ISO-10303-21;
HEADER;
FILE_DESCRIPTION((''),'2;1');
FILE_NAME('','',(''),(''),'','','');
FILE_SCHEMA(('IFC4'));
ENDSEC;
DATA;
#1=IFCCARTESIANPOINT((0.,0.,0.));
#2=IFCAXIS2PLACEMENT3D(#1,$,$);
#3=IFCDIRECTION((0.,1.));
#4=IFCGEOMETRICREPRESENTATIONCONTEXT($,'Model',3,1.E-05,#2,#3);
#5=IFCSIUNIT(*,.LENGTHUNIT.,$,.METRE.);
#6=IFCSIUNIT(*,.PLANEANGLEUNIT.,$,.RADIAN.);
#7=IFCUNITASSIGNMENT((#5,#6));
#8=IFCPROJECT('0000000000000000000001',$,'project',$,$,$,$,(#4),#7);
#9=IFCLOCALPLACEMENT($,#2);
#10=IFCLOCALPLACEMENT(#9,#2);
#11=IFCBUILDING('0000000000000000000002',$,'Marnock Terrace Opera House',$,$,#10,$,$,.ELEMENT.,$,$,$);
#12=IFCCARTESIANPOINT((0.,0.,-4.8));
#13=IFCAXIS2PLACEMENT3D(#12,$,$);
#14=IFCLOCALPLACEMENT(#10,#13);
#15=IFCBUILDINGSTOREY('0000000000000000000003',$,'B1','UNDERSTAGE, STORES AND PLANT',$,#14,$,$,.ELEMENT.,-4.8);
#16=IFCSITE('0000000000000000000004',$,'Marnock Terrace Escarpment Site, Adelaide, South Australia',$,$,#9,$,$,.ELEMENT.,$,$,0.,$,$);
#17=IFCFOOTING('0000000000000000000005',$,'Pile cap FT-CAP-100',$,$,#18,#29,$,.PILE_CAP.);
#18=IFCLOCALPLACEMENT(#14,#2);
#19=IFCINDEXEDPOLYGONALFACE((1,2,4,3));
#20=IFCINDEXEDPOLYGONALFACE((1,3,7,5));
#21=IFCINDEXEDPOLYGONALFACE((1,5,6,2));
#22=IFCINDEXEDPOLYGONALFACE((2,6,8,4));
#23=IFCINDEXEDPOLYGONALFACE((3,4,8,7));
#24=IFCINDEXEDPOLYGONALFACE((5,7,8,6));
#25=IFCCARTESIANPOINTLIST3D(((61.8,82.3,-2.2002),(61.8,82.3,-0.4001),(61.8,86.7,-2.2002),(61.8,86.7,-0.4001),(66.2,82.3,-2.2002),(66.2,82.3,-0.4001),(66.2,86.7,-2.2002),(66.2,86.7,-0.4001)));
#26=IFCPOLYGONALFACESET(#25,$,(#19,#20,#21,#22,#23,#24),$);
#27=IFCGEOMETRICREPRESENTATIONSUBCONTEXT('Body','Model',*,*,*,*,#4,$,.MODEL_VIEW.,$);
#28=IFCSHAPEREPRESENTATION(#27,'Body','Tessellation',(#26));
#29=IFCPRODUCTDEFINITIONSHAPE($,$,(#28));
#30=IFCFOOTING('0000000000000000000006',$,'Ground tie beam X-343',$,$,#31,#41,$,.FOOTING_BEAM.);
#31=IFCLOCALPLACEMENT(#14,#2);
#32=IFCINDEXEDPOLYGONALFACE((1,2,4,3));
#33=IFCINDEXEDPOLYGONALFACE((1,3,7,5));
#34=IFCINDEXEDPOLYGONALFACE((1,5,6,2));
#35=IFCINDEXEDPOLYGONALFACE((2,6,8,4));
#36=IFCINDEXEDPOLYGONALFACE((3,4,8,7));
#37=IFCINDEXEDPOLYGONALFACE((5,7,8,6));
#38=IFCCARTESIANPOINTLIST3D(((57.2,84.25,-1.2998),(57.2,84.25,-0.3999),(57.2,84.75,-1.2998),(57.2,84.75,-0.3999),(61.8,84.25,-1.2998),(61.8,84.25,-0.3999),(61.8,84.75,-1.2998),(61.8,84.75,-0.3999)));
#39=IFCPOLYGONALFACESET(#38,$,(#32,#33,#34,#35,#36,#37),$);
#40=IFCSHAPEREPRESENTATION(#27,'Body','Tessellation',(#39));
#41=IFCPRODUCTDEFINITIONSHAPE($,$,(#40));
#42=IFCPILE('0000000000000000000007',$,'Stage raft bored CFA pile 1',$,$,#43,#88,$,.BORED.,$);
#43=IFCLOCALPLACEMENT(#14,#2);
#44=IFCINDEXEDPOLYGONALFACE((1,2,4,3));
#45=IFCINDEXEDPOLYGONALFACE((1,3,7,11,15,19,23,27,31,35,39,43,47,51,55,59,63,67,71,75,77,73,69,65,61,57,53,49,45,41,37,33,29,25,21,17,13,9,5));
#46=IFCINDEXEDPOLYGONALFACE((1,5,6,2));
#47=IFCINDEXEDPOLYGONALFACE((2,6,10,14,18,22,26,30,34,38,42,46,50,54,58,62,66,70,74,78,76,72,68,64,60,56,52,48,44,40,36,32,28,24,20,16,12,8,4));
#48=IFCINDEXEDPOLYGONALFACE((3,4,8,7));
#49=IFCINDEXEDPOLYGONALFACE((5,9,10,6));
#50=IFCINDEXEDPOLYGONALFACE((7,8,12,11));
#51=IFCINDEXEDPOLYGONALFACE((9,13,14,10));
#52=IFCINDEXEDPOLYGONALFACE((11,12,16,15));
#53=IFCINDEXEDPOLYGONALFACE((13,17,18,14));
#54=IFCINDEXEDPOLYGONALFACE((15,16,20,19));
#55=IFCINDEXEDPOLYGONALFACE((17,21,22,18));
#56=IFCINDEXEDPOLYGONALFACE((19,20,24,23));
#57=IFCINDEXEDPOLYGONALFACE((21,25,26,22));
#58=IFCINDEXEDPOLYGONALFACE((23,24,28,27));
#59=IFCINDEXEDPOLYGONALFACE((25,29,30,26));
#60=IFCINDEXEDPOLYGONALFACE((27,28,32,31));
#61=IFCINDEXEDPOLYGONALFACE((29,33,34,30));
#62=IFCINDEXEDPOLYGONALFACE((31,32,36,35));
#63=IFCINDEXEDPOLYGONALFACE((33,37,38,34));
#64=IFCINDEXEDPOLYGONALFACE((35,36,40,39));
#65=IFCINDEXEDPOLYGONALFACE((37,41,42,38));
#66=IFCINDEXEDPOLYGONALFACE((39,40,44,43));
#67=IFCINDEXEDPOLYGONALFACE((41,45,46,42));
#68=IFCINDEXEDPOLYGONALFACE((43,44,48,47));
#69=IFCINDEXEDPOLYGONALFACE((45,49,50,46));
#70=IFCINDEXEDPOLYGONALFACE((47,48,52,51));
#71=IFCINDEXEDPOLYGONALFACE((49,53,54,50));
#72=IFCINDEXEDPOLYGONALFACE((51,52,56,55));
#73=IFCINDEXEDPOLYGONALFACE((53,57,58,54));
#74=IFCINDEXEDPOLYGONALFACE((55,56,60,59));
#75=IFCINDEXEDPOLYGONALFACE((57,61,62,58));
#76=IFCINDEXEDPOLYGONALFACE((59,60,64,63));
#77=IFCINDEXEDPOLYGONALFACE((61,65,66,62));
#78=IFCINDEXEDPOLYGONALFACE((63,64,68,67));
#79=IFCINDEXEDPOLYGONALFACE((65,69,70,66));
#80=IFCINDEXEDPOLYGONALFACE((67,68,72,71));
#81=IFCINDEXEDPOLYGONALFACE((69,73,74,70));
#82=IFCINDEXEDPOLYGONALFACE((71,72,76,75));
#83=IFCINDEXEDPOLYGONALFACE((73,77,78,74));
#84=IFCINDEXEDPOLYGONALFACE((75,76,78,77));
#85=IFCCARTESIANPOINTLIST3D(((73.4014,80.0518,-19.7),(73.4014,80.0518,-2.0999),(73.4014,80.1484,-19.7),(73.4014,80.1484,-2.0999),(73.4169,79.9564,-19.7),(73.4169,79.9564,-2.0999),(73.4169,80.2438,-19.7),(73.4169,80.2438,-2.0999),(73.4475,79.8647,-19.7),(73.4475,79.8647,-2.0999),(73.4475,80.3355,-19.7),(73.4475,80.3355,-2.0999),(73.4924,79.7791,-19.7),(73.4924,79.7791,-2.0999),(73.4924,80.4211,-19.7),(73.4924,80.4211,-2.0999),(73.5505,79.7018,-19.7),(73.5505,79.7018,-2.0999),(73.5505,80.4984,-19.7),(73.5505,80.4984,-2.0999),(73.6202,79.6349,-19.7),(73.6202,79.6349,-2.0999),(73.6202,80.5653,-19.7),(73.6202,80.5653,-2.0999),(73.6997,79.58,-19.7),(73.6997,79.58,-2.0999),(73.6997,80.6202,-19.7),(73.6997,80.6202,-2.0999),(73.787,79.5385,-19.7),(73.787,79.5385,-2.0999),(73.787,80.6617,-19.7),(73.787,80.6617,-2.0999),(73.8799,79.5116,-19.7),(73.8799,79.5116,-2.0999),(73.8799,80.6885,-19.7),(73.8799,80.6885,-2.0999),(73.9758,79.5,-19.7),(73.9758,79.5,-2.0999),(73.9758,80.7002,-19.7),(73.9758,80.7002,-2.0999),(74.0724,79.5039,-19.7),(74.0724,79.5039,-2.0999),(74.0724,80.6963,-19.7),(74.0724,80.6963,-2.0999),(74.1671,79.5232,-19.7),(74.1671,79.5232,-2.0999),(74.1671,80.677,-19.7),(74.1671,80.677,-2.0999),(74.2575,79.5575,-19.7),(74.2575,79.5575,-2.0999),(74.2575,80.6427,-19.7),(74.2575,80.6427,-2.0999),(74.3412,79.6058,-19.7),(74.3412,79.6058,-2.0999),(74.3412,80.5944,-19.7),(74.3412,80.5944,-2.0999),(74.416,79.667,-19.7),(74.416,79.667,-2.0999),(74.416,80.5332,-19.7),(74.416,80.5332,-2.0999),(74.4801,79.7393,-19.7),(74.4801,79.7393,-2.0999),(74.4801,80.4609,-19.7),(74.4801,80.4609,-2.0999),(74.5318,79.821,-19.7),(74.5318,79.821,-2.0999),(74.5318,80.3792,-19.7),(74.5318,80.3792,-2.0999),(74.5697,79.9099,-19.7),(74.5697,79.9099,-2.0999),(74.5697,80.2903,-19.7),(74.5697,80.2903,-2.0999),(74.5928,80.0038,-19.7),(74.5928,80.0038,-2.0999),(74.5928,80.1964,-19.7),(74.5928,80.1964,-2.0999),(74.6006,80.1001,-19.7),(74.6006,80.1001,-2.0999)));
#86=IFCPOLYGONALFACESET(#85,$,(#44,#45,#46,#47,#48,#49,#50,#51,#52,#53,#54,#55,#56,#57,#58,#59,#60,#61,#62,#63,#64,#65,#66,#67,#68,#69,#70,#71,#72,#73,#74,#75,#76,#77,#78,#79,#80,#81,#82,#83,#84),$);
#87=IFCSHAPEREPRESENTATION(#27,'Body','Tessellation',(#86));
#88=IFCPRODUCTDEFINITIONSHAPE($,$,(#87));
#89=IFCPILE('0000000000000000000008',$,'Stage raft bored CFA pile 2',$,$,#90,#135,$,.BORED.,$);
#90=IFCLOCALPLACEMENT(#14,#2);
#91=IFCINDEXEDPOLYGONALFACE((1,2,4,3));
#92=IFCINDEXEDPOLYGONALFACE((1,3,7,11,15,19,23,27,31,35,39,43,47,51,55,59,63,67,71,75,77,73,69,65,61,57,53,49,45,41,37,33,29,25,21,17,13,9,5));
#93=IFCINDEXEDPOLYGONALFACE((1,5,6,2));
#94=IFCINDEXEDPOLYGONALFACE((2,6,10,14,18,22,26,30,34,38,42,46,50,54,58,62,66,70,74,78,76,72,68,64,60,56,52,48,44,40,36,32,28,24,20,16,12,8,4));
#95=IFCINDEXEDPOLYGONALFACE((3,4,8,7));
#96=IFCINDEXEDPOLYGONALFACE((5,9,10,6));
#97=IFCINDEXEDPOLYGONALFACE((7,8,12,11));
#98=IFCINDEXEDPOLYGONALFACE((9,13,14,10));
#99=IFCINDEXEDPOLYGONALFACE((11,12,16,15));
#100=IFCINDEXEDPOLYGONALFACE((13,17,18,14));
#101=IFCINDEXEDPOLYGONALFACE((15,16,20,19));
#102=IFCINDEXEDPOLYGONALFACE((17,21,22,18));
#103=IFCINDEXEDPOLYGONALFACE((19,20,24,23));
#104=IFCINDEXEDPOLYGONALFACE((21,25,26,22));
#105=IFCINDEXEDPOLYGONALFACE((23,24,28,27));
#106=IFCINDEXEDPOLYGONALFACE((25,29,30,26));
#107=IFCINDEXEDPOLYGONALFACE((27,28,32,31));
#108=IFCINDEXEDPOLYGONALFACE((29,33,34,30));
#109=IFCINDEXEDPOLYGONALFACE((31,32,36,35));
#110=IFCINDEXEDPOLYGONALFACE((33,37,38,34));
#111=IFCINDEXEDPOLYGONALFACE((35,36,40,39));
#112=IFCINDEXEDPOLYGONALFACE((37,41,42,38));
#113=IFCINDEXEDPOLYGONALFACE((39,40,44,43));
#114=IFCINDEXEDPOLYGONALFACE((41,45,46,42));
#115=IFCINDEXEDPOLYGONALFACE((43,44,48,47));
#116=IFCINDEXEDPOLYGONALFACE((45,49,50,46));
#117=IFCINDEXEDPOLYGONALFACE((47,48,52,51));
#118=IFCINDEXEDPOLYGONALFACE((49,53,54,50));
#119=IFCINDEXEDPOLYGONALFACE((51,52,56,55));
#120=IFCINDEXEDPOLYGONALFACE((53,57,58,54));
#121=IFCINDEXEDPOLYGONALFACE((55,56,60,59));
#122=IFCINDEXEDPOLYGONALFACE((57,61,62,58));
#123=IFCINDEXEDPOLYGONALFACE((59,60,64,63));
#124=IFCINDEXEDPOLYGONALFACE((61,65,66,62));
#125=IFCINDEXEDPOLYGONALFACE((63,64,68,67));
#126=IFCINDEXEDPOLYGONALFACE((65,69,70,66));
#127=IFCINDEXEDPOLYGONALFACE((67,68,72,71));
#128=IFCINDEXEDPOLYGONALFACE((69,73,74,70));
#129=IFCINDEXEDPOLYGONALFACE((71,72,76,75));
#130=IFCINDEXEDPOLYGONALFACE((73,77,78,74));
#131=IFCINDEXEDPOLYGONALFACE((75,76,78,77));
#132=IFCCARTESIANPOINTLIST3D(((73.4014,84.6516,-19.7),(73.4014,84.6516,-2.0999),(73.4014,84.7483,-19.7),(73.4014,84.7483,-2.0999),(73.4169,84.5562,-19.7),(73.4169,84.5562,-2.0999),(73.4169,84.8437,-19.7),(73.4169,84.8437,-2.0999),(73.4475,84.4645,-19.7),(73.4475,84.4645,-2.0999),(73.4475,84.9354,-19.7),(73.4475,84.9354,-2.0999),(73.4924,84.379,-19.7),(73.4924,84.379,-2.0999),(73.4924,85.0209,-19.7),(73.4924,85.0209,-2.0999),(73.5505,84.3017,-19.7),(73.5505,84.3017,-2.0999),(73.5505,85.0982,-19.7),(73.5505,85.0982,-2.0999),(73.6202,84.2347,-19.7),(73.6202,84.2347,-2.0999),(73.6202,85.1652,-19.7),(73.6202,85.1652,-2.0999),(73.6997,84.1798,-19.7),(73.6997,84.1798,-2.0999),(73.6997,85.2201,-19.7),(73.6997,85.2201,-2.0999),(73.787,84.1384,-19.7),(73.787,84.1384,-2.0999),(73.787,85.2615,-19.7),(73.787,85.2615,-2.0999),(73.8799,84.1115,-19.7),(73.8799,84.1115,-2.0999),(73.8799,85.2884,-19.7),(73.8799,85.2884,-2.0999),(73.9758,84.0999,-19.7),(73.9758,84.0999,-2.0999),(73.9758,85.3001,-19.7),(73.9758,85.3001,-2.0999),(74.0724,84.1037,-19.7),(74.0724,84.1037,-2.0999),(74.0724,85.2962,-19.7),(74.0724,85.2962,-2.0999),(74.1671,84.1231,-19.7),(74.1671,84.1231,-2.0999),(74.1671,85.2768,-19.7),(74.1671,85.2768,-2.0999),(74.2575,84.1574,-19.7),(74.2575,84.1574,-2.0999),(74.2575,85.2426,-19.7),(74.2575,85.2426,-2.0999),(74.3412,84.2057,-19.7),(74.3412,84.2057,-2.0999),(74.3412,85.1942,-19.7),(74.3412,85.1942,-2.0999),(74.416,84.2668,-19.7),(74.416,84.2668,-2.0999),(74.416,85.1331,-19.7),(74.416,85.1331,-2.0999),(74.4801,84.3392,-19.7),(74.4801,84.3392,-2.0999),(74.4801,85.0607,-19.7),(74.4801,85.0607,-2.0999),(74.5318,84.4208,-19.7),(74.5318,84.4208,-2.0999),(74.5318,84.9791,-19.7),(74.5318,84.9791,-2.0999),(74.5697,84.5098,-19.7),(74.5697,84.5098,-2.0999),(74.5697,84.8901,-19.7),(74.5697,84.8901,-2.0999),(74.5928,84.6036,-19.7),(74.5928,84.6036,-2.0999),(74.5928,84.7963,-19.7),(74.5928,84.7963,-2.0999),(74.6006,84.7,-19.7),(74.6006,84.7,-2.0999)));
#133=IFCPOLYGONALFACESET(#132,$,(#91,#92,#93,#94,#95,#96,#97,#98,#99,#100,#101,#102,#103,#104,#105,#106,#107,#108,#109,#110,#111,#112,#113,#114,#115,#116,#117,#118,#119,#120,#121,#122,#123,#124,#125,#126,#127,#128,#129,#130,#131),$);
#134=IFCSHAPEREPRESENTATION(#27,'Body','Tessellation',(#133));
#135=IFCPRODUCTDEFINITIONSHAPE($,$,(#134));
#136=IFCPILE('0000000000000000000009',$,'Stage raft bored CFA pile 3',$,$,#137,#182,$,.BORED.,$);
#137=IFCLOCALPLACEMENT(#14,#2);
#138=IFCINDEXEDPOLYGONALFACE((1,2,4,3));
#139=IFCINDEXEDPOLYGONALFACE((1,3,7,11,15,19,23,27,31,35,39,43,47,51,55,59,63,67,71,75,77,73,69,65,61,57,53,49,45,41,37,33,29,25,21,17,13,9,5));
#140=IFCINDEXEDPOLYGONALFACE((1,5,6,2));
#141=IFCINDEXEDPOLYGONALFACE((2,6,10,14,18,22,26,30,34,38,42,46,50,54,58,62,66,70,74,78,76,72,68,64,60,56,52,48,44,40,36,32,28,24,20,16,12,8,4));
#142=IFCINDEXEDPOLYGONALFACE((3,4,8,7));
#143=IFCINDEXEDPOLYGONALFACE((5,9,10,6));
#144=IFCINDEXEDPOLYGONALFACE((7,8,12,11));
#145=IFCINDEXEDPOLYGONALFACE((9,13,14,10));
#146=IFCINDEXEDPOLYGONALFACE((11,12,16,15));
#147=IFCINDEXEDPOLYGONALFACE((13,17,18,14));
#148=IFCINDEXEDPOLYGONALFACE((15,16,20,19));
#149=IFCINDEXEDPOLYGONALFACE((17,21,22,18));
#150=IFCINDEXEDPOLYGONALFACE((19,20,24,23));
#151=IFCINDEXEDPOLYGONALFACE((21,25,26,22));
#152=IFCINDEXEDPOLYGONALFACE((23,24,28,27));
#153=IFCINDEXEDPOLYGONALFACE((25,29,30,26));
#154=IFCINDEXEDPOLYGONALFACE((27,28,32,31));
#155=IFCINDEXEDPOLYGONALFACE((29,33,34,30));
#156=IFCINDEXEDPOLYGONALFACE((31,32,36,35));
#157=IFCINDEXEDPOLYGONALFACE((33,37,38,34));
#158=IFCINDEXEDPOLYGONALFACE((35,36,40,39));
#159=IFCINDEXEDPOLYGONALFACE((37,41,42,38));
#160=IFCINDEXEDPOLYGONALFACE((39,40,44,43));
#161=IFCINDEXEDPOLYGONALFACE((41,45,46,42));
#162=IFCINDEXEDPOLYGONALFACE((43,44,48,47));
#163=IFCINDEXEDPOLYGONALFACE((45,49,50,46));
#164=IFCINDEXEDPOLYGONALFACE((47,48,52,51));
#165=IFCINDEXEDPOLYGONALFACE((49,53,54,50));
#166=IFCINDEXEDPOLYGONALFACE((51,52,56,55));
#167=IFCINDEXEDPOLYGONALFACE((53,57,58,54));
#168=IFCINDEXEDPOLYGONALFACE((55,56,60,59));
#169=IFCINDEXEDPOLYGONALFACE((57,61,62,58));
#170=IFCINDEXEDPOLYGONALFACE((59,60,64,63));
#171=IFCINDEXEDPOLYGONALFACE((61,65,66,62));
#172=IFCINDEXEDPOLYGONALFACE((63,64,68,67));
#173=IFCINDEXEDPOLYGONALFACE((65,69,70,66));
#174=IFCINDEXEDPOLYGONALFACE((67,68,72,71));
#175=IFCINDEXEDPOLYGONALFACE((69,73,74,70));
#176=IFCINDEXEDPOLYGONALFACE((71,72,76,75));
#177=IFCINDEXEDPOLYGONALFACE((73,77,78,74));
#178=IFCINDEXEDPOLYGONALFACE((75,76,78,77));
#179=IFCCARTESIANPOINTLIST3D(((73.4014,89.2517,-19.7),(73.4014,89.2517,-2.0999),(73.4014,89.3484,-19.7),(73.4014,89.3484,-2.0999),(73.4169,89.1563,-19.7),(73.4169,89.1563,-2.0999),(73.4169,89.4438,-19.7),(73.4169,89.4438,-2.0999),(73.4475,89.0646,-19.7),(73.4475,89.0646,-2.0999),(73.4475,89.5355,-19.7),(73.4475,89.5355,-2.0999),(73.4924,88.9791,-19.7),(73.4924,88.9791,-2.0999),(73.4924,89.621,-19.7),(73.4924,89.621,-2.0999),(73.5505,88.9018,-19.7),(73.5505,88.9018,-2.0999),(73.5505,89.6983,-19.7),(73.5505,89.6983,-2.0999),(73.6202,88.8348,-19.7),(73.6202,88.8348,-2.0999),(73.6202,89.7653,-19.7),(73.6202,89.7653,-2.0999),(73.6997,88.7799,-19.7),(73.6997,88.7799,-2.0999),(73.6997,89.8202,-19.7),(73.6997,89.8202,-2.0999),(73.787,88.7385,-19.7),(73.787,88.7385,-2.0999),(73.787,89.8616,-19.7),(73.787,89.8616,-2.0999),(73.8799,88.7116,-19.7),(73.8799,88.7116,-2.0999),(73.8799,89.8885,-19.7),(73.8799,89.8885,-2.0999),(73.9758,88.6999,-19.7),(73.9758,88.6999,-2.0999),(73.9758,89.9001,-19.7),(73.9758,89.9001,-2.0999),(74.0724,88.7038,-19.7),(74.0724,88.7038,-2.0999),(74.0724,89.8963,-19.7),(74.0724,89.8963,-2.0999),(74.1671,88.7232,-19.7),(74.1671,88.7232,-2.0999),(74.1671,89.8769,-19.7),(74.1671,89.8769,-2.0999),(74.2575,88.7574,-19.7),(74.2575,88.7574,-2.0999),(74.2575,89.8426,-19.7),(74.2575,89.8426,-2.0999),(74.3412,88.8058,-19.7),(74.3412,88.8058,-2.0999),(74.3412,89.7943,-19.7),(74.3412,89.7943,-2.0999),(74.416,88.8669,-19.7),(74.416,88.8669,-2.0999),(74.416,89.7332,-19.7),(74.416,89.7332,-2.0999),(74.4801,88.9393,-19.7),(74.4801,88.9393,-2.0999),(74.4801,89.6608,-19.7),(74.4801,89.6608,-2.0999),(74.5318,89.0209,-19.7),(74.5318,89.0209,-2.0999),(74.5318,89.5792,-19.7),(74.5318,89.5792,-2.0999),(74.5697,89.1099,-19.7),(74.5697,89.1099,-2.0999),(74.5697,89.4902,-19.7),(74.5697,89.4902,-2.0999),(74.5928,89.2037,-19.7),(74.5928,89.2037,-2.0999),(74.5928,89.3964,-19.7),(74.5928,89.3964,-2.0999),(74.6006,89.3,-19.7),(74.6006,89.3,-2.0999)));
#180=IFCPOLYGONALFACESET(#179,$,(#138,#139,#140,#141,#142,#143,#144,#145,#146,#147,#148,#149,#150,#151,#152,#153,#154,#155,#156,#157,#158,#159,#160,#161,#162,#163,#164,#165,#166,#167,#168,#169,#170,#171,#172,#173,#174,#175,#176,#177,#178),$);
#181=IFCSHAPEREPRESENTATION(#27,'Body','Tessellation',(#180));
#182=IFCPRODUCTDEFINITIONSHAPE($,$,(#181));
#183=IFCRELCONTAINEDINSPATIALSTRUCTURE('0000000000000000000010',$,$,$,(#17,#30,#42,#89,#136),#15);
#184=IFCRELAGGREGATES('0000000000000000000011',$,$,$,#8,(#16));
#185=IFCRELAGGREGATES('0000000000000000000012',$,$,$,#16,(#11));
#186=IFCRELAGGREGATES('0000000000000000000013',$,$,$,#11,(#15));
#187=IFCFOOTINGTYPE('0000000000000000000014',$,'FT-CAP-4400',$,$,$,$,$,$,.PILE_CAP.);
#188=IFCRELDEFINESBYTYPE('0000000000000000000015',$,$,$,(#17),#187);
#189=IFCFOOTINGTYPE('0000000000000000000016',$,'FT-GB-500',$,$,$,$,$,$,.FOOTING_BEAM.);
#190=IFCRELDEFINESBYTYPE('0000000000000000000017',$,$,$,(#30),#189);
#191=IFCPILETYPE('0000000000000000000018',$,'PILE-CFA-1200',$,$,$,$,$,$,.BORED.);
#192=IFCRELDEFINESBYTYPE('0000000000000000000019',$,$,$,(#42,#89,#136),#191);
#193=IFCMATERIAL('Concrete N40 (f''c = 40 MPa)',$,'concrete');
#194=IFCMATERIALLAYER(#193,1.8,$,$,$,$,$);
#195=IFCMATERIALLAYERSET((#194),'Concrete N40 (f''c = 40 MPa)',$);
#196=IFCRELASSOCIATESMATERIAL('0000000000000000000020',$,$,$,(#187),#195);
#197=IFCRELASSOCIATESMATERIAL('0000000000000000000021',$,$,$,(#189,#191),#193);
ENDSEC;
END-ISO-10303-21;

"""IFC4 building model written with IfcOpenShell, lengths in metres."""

from ifc_helpers import new_model, si_unit, direction, frame, origin, origin_2d, place, context, subcontext, project, spatial, rectangle, circle, extrude, material, layer, layer_set, material_profile, profile_set, type_object, element, save


model = new_model("IFC4")

# Units and contexts
model_context = context("Model", 3, precision=1e-05, world=origin(), true_north=direction((0.0, 1.0)))
body_context = subcontext(model_context, "Body", "Model", "MODEL_VIEW")
ifc_project = project(units=[si_unit("LENGTHUNIT", "METRE"), si_unit("PLANEANGLEUNIT", "RADIAN")], contexts=[model_context])

# Site, building, storey
site_placement = place(None, origin())
site = spatial("IfcSite", under=ifc_project, at=site_placement, Name="Marnock Terrace Escarpment Site, Adelaide, South Australia", CompositionType="ELEMENT", RefElevation=0.0)
building_placement = place(site_placement, origin())
building = spatial("IfcBuilding", under=site, at=building_placement, Name="Marnock Terrace Opera House", CompositionType="ELEMENT")
storey_placement = place(building_placement, frame((0.0, 0.0, -4.8)))
storey = spatial("IfcBuildingStorey", under=building, at=storey_placement, Name="B1", Description="UNDERSTAGE, STORES AND PLANT", CompositionType="ELEMENT", Elevation=-4.8)

# Footings
ifc_material_1 = material(Name="Concrete N40 (f'c = 40 MPa)", Category="concrete")
ifc_layer_1 = layer(ifc_material_1, 1.8)
ifc_layer_set_1 = layer_set([ifc_layer_1], Name="Concrete N40 (f'c = 40 MPa)")
footing_type_1 = type_object("IfcFootingType", Name="FT-CAP-4400", PredefinedType="PILE_CAP", material=ifc_layer_set_1)
footing_1_placement = place(storey_placement, frame((64.0, 84.5, -2.2002), z_axis=(0.0, 0.0, 1.0), x_axis=(1.0, 0.0, 0.0)))
element("IfcFooting", 1, at=footing_1_placement, inside=storey, type_object=footing_type_1, Name="Pile cap FT-CAP-100", PredefinedType="PILE_CAP", context=body_context, shape_type="SweptSolid", body=[
    extrude(rectangle(XDim=4.3999, YDim=4.3999, at=origin_2d()), origin(), (0.0, 0.0, 1.0), 1.8),
])
ifc_material_profile_1 = material_profile(ifc_material_1, rectangle(XDim=0.5, YDim=0.8999, at=origin_2d()))
ifc_profile_set_1 = profile_set([ifc_material_profile_1], Name="Concrete N40 (f'c = 40 MPa)")
footing_type_2 = type_object("IfcFootingType", Name="FT-GB-500", PredefinedType="FOOTING_BEAM", material=ifc_profile_set_1)
footing_2_placement = place(storey_placement, frame((57.2, 84.5, -0.8499), z_axis=(1.0, 0.0, 0.0), x_axis=(0.0, 1.0, 0.0)))
element("IfcFooting", 2, at=footing_2_placement, inside=storey, type_object=footing_type_2, Name="Ground tie beam X-343", PredefinedType="FOOTING_BEAM", context=body_context, shape_type="SweptSolid", body=[
    extrude(rectangle(XDim=0.5, YDim=0.8999, at=origin_2d()), origin(), (0.0, 0.0, 1.0), 4.6001),
])

# Piles
ifc_material_profile_2 = material_profile(ifc_material_1, circle(Radius=0.6006, at=origin_2d()))
ifc_profile_set_2 = profile_set([ifc_material_profile_2], Name="Concrete N40 (f'c = 40 MPa)")
pile_type = type_object("IfcPileType", Name="PILE-CFA-1200", PredefinedType="BORED", material=ifc_profile_set_2)
for number, where, z_axis, x_axis, name in (
    (3, (74.0, 80.1001, -2.0999), (0.0, 0.0, -1.0), (1.0, 0.0, 0.0), "Stage raft bored CFA pile 1"),
    (4, (74.0, 84.7, -2.0999), (0.0, 0.0, -1.0), (1.0, 0.0, 0.0), "Stage raft bored CFA pile 2"),
    (5, (74.0, 89.3, -2.0999), (0.0, 0.0, -1.0), (1.0, 0.0, 0.0), "Stage raft bored CFA pile 3"),
):
    element("IfcPile", number, at=place(storey_placement, frame(where, z_axis=z_axis, x_axis=x_axis)), inside=storey, type_object=pile_type, Name=name, PredefinedType="BORED", context=body_context, shape_type="SweptSolid", body=[
        extrude(circle(Radius=0.6006, at=origin_2d()), origin(), (0.0, 0.0, 1.0), 17.6001),
    ])

save(model, "model.ifc")
